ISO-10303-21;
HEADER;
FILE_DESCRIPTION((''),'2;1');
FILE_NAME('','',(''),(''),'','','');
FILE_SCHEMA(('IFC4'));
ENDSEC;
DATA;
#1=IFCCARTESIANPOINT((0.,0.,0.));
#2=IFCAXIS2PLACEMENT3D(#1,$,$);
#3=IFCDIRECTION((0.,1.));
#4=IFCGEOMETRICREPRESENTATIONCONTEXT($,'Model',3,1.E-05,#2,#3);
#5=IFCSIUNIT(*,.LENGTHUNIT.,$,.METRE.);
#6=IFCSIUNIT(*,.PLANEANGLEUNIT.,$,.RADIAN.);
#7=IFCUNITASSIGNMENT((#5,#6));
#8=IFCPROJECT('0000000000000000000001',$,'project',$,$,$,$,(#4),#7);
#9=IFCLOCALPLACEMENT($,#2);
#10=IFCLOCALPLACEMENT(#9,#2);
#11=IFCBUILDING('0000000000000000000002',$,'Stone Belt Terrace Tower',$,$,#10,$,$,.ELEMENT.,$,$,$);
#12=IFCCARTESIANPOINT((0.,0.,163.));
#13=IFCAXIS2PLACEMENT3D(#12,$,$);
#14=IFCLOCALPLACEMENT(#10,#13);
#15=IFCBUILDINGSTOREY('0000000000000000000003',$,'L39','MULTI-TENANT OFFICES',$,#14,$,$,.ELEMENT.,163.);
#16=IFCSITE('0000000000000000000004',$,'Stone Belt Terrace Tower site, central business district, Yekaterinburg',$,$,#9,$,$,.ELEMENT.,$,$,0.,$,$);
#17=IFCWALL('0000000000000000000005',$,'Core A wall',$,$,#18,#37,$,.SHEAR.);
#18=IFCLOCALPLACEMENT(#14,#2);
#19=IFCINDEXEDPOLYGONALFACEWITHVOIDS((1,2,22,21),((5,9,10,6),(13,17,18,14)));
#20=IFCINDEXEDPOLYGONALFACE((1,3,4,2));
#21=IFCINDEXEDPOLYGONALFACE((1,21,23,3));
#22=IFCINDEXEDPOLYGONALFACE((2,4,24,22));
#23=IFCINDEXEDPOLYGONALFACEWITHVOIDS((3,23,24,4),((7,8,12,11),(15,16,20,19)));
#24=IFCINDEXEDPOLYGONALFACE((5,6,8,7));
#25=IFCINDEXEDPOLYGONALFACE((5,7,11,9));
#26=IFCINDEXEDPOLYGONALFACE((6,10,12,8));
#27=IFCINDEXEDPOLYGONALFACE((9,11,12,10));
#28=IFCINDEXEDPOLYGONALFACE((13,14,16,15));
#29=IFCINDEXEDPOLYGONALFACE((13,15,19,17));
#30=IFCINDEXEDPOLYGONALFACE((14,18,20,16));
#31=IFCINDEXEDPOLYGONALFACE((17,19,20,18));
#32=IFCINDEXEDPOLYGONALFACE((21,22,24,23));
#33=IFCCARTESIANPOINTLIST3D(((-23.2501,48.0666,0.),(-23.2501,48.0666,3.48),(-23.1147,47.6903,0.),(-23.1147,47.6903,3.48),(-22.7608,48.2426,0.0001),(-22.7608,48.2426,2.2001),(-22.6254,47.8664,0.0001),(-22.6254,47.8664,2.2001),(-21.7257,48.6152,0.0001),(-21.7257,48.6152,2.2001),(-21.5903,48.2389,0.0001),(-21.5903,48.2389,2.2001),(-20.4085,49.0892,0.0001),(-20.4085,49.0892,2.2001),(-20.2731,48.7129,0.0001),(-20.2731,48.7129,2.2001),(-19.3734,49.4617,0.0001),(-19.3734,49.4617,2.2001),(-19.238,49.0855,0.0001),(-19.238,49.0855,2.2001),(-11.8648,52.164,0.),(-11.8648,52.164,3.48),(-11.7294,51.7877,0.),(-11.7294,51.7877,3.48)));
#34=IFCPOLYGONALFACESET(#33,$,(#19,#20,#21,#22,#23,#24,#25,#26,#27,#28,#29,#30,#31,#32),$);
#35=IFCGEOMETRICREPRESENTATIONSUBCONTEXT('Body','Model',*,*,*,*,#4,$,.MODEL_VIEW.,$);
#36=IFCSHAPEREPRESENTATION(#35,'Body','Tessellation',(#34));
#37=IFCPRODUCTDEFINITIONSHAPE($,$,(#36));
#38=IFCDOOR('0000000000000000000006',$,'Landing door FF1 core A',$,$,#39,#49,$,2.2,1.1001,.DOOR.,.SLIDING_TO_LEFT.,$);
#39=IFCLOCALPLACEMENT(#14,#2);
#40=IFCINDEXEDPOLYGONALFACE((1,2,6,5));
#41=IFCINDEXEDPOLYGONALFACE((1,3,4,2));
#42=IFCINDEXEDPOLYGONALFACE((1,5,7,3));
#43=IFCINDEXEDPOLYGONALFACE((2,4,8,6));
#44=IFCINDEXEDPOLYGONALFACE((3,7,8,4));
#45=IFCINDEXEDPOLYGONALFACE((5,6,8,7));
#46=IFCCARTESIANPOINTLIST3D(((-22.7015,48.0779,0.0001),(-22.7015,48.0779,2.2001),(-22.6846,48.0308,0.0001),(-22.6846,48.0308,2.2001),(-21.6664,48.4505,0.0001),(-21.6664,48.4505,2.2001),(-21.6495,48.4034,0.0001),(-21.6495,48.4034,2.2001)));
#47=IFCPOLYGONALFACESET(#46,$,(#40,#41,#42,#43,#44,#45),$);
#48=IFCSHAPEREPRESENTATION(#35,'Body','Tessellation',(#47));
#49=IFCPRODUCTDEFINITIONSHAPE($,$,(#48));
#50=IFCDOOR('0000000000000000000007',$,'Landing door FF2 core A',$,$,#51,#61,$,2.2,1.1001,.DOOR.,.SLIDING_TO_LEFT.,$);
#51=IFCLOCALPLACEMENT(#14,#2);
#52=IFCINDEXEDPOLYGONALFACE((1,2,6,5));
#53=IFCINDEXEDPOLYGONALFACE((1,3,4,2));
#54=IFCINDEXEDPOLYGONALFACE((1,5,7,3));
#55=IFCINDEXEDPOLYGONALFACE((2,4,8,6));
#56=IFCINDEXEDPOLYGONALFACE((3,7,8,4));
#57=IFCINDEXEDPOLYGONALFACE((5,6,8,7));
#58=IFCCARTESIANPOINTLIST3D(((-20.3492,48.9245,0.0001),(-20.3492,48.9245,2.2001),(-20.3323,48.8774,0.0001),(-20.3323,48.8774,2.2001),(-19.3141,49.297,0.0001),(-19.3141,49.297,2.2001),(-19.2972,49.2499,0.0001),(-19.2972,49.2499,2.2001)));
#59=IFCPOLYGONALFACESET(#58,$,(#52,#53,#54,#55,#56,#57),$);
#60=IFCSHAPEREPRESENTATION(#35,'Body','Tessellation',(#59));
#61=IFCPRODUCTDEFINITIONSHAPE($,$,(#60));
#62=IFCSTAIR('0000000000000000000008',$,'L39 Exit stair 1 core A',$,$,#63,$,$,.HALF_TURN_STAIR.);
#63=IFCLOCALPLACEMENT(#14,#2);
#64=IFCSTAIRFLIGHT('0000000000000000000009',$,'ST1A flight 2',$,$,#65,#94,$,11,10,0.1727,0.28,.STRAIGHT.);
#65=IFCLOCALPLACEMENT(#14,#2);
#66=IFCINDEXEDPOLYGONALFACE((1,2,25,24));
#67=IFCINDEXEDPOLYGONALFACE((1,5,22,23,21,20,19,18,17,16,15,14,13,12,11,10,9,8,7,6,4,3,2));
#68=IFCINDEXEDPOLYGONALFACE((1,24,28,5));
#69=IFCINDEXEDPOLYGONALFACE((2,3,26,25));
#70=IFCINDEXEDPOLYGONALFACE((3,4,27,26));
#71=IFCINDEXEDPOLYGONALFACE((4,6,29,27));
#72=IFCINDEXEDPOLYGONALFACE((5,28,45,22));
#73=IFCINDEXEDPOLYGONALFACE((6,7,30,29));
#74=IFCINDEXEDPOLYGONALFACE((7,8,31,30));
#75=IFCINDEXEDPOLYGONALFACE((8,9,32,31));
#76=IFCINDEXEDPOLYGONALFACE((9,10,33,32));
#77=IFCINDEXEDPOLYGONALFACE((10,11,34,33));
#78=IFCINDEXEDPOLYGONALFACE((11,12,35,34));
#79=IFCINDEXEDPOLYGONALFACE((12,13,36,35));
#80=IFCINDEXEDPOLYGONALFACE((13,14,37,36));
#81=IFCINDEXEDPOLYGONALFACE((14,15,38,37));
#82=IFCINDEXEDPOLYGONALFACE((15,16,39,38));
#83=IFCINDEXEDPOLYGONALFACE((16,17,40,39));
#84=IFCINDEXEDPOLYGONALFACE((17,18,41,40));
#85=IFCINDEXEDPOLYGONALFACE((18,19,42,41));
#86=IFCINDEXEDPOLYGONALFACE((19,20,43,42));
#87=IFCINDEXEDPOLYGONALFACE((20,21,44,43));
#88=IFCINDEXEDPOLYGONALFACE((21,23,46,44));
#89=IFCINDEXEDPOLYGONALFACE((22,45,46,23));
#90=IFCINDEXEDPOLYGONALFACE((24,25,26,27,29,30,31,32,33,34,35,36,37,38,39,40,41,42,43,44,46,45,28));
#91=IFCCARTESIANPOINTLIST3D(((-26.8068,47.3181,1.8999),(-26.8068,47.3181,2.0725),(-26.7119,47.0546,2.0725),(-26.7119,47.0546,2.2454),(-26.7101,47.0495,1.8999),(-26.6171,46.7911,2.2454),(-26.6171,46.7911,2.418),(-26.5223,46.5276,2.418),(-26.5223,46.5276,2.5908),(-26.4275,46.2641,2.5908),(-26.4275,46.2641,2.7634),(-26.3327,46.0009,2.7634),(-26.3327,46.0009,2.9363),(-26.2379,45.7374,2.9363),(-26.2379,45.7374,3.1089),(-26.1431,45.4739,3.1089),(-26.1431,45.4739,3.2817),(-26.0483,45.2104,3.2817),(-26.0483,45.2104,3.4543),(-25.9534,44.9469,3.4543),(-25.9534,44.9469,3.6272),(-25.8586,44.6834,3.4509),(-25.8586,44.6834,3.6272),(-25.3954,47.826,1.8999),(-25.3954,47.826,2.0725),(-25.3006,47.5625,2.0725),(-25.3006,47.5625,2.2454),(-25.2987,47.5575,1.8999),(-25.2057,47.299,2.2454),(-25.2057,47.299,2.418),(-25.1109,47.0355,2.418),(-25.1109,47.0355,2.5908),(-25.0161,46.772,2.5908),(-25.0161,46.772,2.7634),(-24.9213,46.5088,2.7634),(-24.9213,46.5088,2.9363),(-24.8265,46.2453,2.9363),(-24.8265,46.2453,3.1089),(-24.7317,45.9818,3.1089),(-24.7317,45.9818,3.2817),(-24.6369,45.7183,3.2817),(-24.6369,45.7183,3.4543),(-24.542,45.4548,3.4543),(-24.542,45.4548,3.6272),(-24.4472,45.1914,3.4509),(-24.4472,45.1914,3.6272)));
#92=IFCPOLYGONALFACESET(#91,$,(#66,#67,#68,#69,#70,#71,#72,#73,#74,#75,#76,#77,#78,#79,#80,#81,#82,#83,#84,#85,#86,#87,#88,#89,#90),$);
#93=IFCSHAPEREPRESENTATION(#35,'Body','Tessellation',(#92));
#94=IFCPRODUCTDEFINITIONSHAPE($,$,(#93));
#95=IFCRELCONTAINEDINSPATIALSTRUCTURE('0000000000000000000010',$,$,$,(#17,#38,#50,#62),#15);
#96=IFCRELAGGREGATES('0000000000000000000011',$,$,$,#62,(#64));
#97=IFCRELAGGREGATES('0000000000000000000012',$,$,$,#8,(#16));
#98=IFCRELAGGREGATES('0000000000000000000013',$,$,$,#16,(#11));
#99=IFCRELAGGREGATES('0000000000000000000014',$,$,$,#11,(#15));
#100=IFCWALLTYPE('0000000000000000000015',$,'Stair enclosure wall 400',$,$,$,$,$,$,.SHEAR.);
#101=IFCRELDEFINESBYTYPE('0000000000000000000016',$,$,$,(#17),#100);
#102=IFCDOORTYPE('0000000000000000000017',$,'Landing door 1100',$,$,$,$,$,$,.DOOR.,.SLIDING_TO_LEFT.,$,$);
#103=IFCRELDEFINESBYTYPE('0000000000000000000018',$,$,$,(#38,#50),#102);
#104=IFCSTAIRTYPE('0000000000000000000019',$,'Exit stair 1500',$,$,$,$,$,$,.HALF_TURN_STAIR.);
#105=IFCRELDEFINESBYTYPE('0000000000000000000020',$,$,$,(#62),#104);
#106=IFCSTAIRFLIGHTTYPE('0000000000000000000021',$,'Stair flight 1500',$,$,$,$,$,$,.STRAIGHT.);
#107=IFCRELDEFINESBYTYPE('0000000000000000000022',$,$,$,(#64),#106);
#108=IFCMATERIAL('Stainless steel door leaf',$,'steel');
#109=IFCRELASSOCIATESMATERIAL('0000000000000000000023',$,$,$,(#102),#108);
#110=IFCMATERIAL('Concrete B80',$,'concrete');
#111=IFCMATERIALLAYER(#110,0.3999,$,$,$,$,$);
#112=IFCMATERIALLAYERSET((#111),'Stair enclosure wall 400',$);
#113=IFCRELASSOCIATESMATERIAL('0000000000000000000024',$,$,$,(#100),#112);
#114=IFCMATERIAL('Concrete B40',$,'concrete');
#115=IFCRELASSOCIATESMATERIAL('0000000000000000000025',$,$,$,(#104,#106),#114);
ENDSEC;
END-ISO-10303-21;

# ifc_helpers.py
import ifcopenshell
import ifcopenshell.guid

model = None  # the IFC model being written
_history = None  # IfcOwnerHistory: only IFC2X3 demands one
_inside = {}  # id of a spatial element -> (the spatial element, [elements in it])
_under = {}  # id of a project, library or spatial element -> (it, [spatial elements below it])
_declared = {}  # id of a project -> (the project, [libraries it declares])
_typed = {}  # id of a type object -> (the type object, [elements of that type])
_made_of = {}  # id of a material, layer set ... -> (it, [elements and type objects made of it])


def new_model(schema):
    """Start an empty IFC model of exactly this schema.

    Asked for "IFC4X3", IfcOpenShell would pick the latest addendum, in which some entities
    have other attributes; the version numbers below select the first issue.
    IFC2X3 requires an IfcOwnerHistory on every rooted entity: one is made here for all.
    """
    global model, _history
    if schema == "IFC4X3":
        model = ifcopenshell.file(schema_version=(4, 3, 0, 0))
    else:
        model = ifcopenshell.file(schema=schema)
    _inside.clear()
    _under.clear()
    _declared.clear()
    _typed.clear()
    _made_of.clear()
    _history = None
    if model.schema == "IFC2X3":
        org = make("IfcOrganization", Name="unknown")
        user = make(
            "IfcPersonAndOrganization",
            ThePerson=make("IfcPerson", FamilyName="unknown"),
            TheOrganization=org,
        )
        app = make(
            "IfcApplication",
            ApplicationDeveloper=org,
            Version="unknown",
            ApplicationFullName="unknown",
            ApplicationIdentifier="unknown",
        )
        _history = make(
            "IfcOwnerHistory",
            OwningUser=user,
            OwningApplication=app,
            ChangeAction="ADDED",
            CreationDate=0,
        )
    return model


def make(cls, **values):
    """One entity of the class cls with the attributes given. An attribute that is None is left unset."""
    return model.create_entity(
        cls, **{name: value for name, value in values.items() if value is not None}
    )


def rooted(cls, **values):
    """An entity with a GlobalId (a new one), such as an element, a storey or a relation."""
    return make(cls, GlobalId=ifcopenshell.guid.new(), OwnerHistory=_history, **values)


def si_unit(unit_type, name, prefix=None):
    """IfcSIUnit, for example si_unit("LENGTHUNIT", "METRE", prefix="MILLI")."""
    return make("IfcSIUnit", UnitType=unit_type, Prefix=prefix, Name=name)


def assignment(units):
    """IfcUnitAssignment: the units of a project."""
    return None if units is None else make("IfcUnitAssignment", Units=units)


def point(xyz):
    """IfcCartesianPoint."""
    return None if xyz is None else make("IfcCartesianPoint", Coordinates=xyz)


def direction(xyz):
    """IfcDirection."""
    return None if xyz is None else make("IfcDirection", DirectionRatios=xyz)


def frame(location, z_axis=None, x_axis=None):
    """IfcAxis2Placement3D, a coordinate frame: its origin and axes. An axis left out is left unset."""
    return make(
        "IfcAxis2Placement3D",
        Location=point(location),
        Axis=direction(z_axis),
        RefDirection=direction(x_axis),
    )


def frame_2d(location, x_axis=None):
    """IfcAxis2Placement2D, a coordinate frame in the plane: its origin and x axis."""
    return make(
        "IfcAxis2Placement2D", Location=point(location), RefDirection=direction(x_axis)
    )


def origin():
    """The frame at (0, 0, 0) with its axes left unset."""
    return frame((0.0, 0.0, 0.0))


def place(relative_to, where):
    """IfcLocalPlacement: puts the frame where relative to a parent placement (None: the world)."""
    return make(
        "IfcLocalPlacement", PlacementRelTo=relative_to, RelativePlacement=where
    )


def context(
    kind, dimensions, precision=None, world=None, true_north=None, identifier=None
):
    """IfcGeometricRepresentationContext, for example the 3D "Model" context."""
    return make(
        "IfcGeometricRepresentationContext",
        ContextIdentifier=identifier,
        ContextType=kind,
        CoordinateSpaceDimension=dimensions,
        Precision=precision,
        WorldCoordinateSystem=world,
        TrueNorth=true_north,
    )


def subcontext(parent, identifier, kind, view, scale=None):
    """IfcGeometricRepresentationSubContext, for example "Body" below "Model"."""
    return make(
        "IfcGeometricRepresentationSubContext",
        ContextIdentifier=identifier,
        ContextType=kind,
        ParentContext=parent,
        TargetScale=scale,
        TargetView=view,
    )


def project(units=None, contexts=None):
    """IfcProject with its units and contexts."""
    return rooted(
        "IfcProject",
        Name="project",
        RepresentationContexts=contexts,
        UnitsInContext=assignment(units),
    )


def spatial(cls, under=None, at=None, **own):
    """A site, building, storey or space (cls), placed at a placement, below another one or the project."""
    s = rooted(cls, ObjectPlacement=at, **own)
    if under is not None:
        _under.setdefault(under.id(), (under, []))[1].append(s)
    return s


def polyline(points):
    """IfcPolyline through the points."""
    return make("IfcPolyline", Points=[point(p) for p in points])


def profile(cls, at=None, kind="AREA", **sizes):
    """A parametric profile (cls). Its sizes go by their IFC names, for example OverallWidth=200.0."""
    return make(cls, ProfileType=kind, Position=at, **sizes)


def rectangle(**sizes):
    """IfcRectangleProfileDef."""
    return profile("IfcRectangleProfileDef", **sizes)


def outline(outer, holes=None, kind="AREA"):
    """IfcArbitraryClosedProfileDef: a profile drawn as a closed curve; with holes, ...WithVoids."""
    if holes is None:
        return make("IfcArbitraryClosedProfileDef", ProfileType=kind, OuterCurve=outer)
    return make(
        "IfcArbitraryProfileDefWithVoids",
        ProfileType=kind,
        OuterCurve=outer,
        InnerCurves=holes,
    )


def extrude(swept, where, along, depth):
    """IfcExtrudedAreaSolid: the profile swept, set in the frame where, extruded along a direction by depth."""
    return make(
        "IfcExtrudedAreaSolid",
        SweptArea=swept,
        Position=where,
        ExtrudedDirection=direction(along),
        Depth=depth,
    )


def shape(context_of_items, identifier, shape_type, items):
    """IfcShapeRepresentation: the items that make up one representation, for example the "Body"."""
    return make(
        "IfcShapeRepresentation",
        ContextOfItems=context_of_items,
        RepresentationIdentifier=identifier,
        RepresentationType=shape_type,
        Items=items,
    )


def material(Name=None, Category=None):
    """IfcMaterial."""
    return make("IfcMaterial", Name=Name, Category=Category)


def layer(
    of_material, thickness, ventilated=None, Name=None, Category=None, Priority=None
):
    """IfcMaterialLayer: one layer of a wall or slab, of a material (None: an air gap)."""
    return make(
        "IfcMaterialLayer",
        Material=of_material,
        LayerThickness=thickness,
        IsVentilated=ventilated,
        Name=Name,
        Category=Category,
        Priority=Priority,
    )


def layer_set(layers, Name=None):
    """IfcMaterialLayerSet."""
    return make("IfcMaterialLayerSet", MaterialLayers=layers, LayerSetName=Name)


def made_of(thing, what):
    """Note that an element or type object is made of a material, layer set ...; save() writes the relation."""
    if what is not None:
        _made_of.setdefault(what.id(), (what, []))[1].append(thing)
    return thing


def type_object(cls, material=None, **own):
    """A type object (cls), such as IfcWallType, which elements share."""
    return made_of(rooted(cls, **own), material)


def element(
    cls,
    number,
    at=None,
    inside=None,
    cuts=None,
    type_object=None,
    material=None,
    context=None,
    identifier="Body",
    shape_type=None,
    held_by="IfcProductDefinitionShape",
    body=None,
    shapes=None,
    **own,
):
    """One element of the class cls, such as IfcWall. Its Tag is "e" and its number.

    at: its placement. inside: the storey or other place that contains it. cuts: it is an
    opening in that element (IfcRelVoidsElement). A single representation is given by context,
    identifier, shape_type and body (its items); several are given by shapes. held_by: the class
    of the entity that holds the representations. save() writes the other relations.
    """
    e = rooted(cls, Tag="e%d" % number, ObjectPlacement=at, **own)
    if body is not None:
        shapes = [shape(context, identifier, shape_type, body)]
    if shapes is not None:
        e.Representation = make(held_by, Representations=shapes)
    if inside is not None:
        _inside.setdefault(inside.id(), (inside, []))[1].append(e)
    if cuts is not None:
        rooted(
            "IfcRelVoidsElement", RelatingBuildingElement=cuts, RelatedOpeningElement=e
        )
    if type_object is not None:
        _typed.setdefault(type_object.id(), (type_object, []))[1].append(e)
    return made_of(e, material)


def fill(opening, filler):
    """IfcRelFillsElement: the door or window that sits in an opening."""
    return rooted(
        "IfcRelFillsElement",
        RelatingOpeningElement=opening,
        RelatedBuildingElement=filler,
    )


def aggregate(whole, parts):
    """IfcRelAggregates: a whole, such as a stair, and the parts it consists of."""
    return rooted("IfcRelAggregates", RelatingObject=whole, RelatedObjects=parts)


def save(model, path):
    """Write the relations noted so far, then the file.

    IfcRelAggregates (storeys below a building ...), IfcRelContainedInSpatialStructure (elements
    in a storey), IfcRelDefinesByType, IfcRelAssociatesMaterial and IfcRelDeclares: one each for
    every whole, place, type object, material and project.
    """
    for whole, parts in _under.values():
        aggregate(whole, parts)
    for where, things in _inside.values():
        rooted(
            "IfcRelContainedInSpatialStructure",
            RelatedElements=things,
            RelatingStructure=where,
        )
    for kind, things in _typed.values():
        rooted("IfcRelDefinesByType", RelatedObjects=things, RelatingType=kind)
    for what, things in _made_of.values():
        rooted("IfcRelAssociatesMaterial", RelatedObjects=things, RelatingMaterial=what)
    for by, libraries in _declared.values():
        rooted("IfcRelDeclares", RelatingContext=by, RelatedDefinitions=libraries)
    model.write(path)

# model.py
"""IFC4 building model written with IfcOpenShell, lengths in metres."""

from ifc_helpers import new_model, si_unit, direction, frame, frame_2d, origin, place, context, subcontext, project, spatial, polyline, rectangle, outline, extrude, material, layer, layer_set, type_object, element, fill, aggregate, save


model = new_model("IFC4")

# Units and contexts
model_context = context("Model", 3, precision=1e-05, world=origin(), true_north=direction((0.0, 1.0)))
body_context = subcontext(model_context, "Body", "Model", "MODEL_VIEW")
ifc_project = project(units=[si_unit("LENGTHUNIT", "METRE"), si_unit("PLANEANGLEUNIT", "RADIAN")], contexts=[model_context])

# Site, building, storey
site_placement = place(None, origin())
site = spatial("IfcSite", under=ifc_project, at=site_placement, Name="Stone Belt Terrace Tower site, central business district, Yekaterinburg", CompositionType="ELEMENT", RefElevation=0.0)
building_placement = place(site_placement, origin())
building = spatial("IfcBuilding", under=site, at=building_placement, Name="Stone Belt Terrace Tower", CompositionType="ELEMENT")
storey_placement = place(building_placement, frame((0.0, 0.0, 163.0)))
storey = spatial("IfcBuildingStorey", under=building, at=storey_placement, Name="L39", Description="MULTI-TENANT OFFICES", CompositionType="ELEMENT", Elevation=163.0)

# Shared definitions
ifc_material_1 = material(Name="Concrete B80", Category="concrete")

# Shared definitions
ifc_material_2 = material(Name="Stainless steel door leaf", Category="steel")
door_type_1 = type_object("IfcDoorType", Name="Landing door 1100", OperationType="SLIDING_TO_LEFT", PredefinedType="DOOR", material=ifc_material_2)

# Shared definitions
ifc_layer_1 = layer(ifc_material_1, 0.3999)
ifc_layer_set_1 = layer_set([ifc_layer_1], Name="Stair enclosure wall 400")
wall_type_1 = type_object("IfcWallType", Name="Stair enclosure wall 400", PredefinedType="SHEAR", material=ifc_layer_set_1)

# Wall, openings, doors
wall_1_placement = place(storey_placement, frame((-23.1824, 47.8784, 0.0), z_axis=(0.0, 0.0, 1.0), x_axis=(0.940921, 0.338626, 0.0)))
wall_1 = element("IfcWall", 1, at=wall_1_placement, inside=storey, type_object=wall_type_1, Name="Core A wall", PredefinedType="SHEAR", context=body_context, shape_type="SweptSolid", body=[
    extrude(rectangle(XDim=12.1001, YDim=0.3999, at=frame_2d((6.05, 0.0))), origin(), (0.0, 0.0, 1.0), 3.48),
])
opening_1_placement = place(wall_1_placement, frame((0.52, 0.0, 0.0)))
opening_1 = element("IfcOpeningElement", 2, at=opening_1_placement, cuts=wall_1, PredefinedType="OPENING", context=body_context, shape_type="SweptSolid", body=[
    extrude(rectangle(XDim=1.1001, YDim=2.2, at=frame_2d((0.55, 1.1001))), frame((0.0, 0.21, 0.0), z_axis=(0.0, -1.0, 0.0), x_axis=(1.0, 0.0, 0.0)), (0.0, 0.0, 1.0), 0.4199),
])
opening_2_placement = place(wall_1_placement, frame((3.02, 0.0, 0.0)))
opening_2 = element("IfcOpeningElement", 3, at=opening_2_placement, cuts=wall_1, PredefinedType="OPENING", context=body_context, shape_type="SweptSolid", body=[
    extrude(rectangle(XDim=1.1001, YDim=2.2, at=frame_2d((0.55, 1.1001))), frame((0.0, 0.21, 0.0), z_axis=(0.0, -1.0, 0.0), x_axis=(1.0, 0.0, 0.0)), (0.0, 0.0, 1.0), 0.4199),
])
door_1_placement = place(opening_1_placement, origin())
door_1 = element("IfcDoor", 4, at=door_1_placement, inside=storey, type_object=door_type_1, Name="Landing door FF1 core A", OperationType="SLIDING_TO_LEFT", OverallHeight=2.2, OverallWidth=1.1001, PredefinedType="DOOR", context=body_context, shape_type="SweptSolid", body=[
    extrude(rectangle(XDim=1.1001, YDim=2.2, at=frame_2d((0.55, 1.1001))), frame((0.0, 0.0249, 0.0), z_axis=(0.0, -1.0, 0.0), x_axis=(1.0, 0.0, 0.0)), (0.0, 0.0, 1.0), 0.05),
])
fill(opening_1, door_1)
door_2_placement = place(opening_2_placement, origin())
door_2 = element("IfcDoor", 5, at=door_2_placement, inside=storey, type_object=door_type_1, Name="Landing door FF2 core A", OperationType="SLIDING_TO_LEFT", OverallHeight=2.2, OverallWidth=1.1001, PredefinedType="DOOR", context=body_context, shape_type="SweptSolid", body=[
    extrude(rectangle(XDim=1.1001, YDim=2.2, at=frame_2d((0.55, 1.1001))), frame((0.0, 0.0249, 0.0), z_axis=(0.0, -1.0, 0.0), x_axis=(1.0, 0.0, 0.0)), (0.0, 0.0, 1.0), 0.05),
])
fill(opening_2, door_2)

# Stair, stair flight
ifc_material_3 = material(Name="Concrete B40", Category="concrete")
stair_type = type_object("IfcStairType", Name="Exit stair 1500", PredefinedType="HALF_TURN_STAIR", material=ifc_material_3)
stair_placement = place(storey_placement, origin())
stair = element("IfcStair", 6, at=stair_placement, inside=storey, type_object=stair_type, Name="L39 Exit stair 1 core A", PredefinedType="HALF_TURN_STAIR")
stair_flight_type = type_object("IfcStairFlightType", Name="Stair flight 1500", PredefinedType="STRAIGHT", material=ifc_material_3)
stair_flight_placement = place(storey_placement, frame((-26.1011, 47.572, 1.8999), z_axis=(0.0, 0.0, 1.0), x_axis=(0.338624, -0.940922, 0.0)))
stair_flight = element("IfcStairFlight", 7, at=stair_flight_placement, type_object=stair_flight_type, Name="ST1A flight 2", NumberOfRisers=11, NumberOfTreads=10, PredefinedType="STRAIGHT", RiserHeight=0.1727, TreadLength=0.28, context=body_context, shape_type="SweptSolid", body=[
    extrude(outline(polyline([(0.0, 0.0), (0.0, 0.1726), (0.28, 0.1726), (0.28, 0.3455), (0.5601, 0.3455), (0.5601, 0.5181), (0.8401, 0.5181), (0.8401, 0.6909), (1.1201, 0.6909), (1.1201, 0.8635), (1.3999, 0.8635), (1.3999, 1.0364), (1.6799, 1.0364), (1.6799, 1.209), (1.96, 1.209), (1.96, 1.3818), (2.24, 1.3818), (2.24, 1.5544), (2.52, 1.5544), (2.52, 1.7273), (2.8, 1.7273), (2.8, 1.8999), (2.8, 1.551), (0.2854, 0.0), (0.0, 0.0)])), frame((0.0, 0.75, 0.0), z_axis=(0.0, -1.0, 0.0), x_axis=(1.0, 0.0, 0.0)), (0.0, 0.0, 1.0), 1.5),
])
aggregate(stair, [stair_flight])

save(model, "model.ifc")
